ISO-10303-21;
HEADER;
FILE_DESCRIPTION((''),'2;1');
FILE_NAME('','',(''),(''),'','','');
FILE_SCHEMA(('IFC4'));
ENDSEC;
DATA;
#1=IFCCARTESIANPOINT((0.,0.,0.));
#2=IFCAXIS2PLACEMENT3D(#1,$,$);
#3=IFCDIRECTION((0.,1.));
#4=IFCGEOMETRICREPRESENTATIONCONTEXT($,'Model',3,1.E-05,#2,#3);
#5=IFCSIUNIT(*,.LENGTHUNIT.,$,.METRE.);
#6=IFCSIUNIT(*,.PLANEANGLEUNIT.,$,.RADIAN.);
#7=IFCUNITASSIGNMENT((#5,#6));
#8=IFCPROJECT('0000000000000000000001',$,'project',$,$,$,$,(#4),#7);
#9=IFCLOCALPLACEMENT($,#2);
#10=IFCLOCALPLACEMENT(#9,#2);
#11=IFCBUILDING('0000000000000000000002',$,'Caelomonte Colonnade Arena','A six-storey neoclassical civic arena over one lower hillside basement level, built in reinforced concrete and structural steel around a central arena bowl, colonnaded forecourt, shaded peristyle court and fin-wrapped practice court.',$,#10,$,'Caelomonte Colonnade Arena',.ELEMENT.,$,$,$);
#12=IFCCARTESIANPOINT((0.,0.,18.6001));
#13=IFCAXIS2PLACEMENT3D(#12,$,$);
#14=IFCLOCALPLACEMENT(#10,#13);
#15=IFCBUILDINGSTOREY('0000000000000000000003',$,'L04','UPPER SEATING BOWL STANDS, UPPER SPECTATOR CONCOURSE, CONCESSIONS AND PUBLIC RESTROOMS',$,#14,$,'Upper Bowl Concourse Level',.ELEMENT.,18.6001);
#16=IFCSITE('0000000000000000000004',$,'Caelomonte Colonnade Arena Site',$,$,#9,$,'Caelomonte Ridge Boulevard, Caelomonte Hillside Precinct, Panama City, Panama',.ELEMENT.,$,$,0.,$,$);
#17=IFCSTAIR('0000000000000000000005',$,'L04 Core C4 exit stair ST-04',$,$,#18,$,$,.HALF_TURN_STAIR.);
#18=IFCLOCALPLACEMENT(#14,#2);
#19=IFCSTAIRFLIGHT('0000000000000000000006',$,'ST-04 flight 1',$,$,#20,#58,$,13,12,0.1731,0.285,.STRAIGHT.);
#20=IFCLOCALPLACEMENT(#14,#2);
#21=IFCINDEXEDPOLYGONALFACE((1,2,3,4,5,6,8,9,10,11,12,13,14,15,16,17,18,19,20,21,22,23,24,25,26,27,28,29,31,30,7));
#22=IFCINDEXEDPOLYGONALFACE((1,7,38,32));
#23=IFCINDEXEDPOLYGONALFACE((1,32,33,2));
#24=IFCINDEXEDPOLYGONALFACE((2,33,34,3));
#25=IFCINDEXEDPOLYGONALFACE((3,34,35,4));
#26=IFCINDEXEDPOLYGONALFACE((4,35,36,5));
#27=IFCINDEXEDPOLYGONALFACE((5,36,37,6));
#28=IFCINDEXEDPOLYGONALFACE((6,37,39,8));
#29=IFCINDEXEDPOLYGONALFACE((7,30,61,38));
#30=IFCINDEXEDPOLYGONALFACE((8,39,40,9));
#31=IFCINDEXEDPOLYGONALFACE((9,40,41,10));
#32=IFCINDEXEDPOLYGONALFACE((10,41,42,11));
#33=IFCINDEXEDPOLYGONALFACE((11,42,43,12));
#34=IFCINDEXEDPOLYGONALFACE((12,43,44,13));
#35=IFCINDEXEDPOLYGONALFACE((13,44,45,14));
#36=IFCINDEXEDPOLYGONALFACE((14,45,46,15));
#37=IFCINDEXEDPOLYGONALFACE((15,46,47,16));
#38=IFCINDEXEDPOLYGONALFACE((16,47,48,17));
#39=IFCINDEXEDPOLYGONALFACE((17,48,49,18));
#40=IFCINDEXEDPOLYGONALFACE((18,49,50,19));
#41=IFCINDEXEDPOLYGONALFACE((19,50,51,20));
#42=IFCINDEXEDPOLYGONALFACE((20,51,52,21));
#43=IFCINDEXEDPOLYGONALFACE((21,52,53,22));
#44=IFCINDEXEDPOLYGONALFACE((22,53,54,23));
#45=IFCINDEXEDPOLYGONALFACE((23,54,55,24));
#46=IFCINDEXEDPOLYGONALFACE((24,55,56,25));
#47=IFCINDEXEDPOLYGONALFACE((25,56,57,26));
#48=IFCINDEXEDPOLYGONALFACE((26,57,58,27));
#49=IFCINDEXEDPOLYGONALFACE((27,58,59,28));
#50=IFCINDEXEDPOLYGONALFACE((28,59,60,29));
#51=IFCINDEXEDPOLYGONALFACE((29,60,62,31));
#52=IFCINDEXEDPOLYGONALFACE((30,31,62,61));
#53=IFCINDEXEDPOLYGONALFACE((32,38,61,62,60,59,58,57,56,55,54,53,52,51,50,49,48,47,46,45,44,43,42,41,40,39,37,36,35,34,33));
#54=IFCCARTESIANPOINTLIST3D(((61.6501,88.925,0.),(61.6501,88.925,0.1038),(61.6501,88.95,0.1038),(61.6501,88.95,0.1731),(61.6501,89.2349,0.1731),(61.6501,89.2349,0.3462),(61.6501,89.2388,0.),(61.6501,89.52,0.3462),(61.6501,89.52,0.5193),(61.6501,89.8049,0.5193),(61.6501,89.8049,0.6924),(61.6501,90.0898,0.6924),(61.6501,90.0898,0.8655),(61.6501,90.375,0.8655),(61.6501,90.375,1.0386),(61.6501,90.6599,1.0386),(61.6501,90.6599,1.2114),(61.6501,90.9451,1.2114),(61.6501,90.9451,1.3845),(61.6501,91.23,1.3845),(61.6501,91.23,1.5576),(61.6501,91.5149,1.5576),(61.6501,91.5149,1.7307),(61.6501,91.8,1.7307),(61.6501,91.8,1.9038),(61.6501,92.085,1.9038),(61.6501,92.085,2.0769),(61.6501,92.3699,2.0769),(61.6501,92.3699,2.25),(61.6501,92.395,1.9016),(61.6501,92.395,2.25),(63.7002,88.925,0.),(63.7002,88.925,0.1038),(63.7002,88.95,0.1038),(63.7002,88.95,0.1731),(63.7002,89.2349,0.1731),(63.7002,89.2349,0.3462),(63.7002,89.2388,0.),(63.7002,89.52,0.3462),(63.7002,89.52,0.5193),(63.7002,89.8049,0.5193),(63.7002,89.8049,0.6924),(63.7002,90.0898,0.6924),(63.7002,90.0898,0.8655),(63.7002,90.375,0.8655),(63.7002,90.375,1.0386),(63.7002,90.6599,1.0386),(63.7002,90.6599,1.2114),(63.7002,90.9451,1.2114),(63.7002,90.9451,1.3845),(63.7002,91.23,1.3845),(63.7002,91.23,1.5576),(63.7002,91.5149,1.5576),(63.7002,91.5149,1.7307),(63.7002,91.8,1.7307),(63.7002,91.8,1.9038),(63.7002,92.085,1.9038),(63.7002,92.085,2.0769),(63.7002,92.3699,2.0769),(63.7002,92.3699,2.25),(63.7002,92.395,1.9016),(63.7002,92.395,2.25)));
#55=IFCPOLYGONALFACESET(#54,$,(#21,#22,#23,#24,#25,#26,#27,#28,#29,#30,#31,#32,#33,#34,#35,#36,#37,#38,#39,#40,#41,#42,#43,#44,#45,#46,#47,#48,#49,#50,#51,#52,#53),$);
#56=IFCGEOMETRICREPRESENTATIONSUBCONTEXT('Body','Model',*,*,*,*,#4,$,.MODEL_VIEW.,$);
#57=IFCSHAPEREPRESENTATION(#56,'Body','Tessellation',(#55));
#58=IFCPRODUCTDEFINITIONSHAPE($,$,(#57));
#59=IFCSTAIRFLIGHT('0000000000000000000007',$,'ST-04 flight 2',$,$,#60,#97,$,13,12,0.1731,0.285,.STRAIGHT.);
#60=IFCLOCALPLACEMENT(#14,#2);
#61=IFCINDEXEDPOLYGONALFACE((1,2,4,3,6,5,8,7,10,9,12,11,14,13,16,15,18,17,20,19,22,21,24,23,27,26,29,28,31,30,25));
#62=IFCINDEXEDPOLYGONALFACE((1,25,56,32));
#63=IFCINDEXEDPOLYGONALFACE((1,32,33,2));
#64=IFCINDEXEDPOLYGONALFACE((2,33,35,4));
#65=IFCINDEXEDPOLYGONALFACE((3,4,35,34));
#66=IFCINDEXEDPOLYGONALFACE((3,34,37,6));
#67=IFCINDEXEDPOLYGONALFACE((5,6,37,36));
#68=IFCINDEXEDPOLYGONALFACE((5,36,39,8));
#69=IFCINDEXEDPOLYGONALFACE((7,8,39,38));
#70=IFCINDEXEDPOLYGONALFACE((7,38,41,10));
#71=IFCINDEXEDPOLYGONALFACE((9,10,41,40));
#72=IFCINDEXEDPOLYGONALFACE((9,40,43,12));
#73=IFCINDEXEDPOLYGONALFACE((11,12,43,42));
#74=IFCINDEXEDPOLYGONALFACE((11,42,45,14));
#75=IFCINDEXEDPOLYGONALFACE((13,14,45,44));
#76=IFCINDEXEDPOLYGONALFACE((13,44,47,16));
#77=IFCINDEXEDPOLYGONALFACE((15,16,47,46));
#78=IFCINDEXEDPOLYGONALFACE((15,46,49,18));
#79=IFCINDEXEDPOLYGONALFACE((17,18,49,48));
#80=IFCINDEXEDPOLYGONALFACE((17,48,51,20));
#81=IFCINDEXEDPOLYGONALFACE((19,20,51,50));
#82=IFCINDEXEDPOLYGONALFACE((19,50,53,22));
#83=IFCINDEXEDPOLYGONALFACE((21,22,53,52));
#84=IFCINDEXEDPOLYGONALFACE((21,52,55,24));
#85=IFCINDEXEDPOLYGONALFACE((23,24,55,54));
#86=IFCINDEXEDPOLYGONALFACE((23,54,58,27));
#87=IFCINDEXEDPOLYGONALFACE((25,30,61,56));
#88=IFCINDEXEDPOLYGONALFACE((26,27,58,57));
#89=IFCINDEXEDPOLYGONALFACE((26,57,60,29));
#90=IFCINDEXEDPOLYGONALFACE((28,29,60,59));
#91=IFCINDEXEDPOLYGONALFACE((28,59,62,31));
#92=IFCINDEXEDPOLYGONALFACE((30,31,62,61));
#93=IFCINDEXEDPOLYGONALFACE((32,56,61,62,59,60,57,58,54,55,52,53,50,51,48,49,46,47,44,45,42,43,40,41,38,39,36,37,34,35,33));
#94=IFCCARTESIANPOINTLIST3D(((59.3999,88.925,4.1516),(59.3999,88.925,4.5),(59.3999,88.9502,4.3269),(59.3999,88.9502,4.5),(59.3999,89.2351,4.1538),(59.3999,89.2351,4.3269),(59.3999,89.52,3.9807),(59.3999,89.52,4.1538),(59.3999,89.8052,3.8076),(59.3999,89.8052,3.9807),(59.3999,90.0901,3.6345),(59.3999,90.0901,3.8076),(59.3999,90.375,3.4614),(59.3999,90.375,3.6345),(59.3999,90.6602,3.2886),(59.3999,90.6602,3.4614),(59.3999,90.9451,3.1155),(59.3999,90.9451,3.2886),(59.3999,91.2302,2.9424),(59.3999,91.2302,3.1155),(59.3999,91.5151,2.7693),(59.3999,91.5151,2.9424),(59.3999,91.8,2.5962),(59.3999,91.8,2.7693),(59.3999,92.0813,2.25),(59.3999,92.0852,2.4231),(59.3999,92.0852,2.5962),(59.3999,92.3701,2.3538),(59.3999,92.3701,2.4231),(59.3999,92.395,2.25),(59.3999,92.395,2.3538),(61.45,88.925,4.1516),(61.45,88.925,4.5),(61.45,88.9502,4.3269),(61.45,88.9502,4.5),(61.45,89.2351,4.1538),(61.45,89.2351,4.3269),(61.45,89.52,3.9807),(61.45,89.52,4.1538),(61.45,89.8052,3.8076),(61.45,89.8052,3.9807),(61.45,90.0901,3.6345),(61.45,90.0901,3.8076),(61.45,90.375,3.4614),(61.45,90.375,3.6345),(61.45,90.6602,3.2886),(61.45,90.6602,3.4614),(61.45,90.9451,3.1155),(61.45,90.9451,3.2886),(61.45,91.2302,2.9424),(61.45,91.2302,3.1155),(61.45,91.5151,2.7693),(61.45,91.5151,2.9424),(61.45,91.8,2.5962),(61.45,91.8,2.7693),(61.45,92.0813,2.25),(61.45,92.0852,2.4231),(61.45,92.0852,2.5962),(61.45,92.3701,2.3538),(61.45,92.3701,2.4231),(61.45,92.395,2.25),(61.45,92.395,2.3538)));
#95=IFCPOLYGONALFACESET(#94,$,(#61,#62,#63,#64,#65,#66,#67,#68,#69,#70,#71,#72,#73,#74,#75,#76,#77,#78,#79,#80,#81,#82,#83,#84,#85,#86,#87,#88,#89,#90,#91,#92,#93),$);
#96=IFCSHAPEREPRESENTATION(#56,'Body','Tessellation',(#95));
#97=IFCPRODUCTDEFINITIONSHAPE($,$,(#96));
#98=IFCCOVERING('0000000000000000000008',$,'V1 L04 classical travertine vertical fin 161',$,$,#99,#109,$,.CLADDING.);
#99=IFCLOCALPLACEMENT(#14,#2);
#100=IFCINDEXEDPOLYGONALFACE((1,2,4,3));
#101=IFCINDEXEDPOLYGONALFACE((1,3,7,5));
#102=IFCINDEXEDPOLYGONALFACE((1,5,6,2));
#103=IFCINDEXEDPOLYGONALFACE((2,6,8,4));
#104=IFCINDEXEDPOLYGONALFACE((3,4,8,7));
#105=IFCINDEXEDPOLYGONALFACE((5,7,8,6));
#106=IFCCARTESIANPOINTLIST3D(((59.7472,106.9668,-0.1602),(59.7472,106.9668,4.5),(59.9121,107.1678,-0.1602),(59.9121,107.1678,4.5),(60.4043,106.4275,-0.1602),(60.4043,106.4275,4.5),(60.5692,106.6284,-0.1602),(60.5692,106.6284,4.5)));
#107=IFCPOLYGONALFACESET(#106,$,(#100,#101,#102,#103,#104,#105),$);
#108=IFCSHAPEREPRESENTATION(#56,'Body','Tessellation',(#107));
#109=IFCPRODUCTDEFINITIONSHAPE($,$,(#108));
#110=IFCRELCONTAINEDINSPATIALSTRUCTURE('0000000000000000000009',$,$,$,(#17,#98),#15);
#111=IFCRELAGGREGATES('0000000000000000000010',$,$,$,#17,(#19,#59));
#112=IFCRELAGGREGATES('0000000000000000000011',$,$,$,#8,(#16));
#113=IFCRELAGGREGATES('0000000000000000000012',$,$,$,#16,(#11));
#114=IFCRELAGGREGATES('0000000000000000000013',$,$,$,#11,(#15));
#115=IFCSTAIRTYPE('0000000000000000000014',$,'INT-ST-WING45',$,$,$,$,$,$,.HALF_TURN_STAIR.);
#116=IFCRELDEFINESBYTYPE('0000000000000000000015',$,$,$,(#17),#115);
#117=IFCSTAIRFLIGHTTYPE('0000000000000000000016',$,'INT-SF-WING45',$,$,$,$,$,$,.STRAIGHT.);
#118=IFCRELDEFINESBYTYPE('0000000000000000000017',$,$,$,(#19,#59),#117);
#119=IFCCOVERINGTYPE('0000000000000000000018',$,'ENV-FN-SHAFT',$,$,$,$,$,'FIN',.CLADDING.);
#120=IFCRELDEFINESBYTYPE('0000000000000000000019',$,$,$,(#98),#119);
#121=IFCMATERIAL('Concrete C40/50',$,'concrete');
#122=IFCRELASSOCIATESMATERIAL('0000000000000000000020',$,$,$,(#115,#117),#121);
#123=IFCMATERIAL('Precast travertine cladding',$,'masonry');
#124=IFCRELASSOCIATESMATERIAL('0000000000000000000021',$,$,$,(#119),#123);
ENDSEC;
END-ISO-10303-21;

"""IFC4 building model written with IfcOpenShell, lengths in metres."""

from ifc_helpers import new_model, si_unit, direction, frame, origin, origin_2d, place, context, subcontext, project, spatial, polyline, rectangle, outline, extrude, material, material_profile, profile_set, type_object, element, aggregate, save


model = new_model("IFC4")

# Units and contexts
model_context = context("Model", 3, precision=1e-05, world=origin(), true_north=direction((0.0, 1.0)))
body_context = subcontext(model_context, "Body", "Model", "MODEL_VIEW")
ifc_project = project(units=[si_unit("LENGTHUNIT", "METRE"), si_unit("PLANEANGLEUNIT", "RADIAN")], contexts=[model_context])

# Site, building, storey
site_placement = place(None, origin())
site = spatial("IfcSite", under=ifc_project, at=site_placement, Name="Caelomonte Colonnade Arena Site", LongName="Caelomonte Ridge Boulevard, Caelomonte Hillside Precinct, Panama City, Panama", CompositionType="ELEMENT", RefElevation=0.0)
building_placement = place(site_placement, origin())
building = spatial("IfcBuilding", under=site, at=building_placement, Name="Caelomonte Colonnade Arena", Description="A six-storey neoclassical civic arena over one lower hillside basement level, built in reinforced concrete and structural steel around a central arena bowl, colonnaded forecourt, shaded peristyle court and fin-wrapped practice court.", LongName="Caelomonte Colonnade Arena", CompositionType="ELEMENT")
storey_placement = place(building_placement, frame((0.0, 0.0, 18.6001)))
storey = spatial("IfcBuildingStorey", under=building, at=storey_placement, Name="L04", Description="UPPER SEATING BOWL STANDS, UPPER SPECTATOR CONCOURSE, CONCESSIONS AND PUBLIC RESTROOMS", LongName="Upper Bowl Concourse Level", CompositionType="ELEMENT", Elevation=18.6001)

# Shared definitions
ifc_material_1 = material(Name="Concrete C40/50", Category="concrete")

# Stair, stair flights
stair_type = type_object("IfcStairType", Name="INT-ST-WING45", PredefinedType="HALF_TURN_STAIR", material=ifc_material_1)
stair_placement = place(storey_placement, origin())
stair = element("IfcStair", 1, at=stair_placement, inside=storey, type_object=stair_type, Name="L04 Core C4 exit stair ST-04", PredefinedType="HALF_TURN_STAIR")
stair_flight_type = type_object("IfcStairFlightType", Name="INT-SF-WING45", PredefinedType="STRAIGHT", material=ifc_material_1)
stair_flight_1_placement = place(storey_placement, frame((62.675, 88.95, 0.0), z_axis=(0.0, 0.0, 1.0), x_axis=(0.0, 1.0, 0.0)))
stair_flight_1 = element("IfcStairFlight", 2, at=stair_flight_1_placement, type_object=stair_flight_type, Name="ST-04 flight 1", NumberOfRisers=13, NumberOfTreads=12, PredefinedType="STRAIGHT", RiserHeight=0.1731, TreadLength=0.285, context=body_context, shape_type="SweptSolid", body=[
    extrude(outline(polyline([(-0.0249, 0.0), (-0.0249, 0.1038), (0.0, 0.1038), (0.0, 0.1731), (0.2849, 0.1731), (0.2849, 0.3462), (0.5701, 0.3462), (0.5701, 0.5193), (0.855, 0.5193), (0.855, 0.6924), (1.1399, 0.6924), (1.1399, 0.8655), (1.425, 0.8655), (1.425, 1.0386), (1.71, 1.0386), (1.71, 1.2114), (1.9951, 1.2114), (1.9951, 1.3845), (2.28, 1.3845), (2.28, 1.5576), (2.5649, 1.5576), (2.5649, 1.7307), (2.8501, 1.7307), (2.8501, 1.9038), (3.135, 1.9038), (3.135, 2.0769), (3.4199, 2.0769), (3.4199, 2.25), (3.4451, 2.25), (3.4451, 1.9016), (0.2888, 0.0), (-0.0249, 0.0)])), frame((0.0, 1.0249, 0.0), z_axis=(0.0, -1.0, 0.0), x_axis=(1.0, 0.0, 0.0)), (0.0, 0.0, 1.0), 2.05),
])
stair_flight_2_placement = place(storey_placement, frame((60.425, 92.3701, 2.25), z_axis=(0.0, 0.0, 1.0), x_axis=(0.0, -1.0, 0.0)))
stair_flight_2 = element("IfcStairFlight", 3, at=stair_flight_2_placement, type_object=stair_flight_type, Name="ST-04 flight 2", NumberOfRisers=13, NumberOfTreads=12, PredefinedType="STRAIGHT", RiserHeight=0.1731, TreadLength=0.285, context=body_context, shape_type="SweptSolid", body=[
    extrude(outline(polyline([(-0.0249, 0.0), (-0.0249, 0.1038), (0.0, 0.1038), (0.0, 0.1731), (0.2849, 0.1731), (0.2849, 0.3462), (0.5701, 0.3462), (0.5701, 0.5193), (0.855, 0.5193), (0.855, 0.6924), (1.1399, 0.6924), (1.1399, 0.8655), (1.425, 0.8655), (1.425, 1.0386), (1.71, 1.0386), (1.71, 1.2114), (1.9951, 1.2114), (1.9951, 1.3845), (2.28, 1.3845), (2.28, 1.5576), (2.5649, 1.5576), (2.5649, 1.7307), (2.8501, 1.7307), (2.8501, 1.9038), (3.135, 1.9038), (3.135, 2.0769), (3.4199, 2.0769), (3.4199, 2.25), (3.4451, 2.25), (3.4451, 1.9016), (0.2888, 0.0), (-0.0249, 0.0)])), frame((0.0, 1.0249, 0.0), z_axis=(0.0, -1.0, 0.0), x_axis=(1.0, 0.0, 0.0)), (0.0, 0.0, 1.0), 2.05),
])
aggregate(stair, [stair_flight_1, stair_flight_2])

# Covering
ifc_material_2 = material(Name="Precast travertine cladding", Category="masonry")
ifc_material_profile_1 = material_profile(ifc_material_2, rectangle(XDim=0.26, YDim=0.8501, at=origin_2d()), Name="FIN260X850")
ifc_profile_set_1 = profile_set([ifc_material_profile_1], Name="Precast travertine cladding")
covering_type = type_object("IfcCoveringType", Name="ENV-FN-SHAFT", ElementType="FIN", PredefinedType="CLADDING", material=ifc_profile_set_1)
covering_placement = place(storey_placement, frame((60.1582, 106.7976, -0.1602), z_axis=(0.0, 0.0, 1.0), x_axis=(0.634414, 0.772994, 0.0)))
element("IfcCovering", 4, at=covering_placement, inside=storey, type_object=covering_type, Name="V1 L04 classical travertine vertical fin 161", PredefinedType="CLADDING", context=body_context, shape_type="SweptSolid", body=[
    extrude(rectangle(XDim=0.26, YDim=0.8501, at=origin_2d()), origin(), (0.0, 0.0, 1.0), 4.6602),
])

save(model, "model.ifc")
